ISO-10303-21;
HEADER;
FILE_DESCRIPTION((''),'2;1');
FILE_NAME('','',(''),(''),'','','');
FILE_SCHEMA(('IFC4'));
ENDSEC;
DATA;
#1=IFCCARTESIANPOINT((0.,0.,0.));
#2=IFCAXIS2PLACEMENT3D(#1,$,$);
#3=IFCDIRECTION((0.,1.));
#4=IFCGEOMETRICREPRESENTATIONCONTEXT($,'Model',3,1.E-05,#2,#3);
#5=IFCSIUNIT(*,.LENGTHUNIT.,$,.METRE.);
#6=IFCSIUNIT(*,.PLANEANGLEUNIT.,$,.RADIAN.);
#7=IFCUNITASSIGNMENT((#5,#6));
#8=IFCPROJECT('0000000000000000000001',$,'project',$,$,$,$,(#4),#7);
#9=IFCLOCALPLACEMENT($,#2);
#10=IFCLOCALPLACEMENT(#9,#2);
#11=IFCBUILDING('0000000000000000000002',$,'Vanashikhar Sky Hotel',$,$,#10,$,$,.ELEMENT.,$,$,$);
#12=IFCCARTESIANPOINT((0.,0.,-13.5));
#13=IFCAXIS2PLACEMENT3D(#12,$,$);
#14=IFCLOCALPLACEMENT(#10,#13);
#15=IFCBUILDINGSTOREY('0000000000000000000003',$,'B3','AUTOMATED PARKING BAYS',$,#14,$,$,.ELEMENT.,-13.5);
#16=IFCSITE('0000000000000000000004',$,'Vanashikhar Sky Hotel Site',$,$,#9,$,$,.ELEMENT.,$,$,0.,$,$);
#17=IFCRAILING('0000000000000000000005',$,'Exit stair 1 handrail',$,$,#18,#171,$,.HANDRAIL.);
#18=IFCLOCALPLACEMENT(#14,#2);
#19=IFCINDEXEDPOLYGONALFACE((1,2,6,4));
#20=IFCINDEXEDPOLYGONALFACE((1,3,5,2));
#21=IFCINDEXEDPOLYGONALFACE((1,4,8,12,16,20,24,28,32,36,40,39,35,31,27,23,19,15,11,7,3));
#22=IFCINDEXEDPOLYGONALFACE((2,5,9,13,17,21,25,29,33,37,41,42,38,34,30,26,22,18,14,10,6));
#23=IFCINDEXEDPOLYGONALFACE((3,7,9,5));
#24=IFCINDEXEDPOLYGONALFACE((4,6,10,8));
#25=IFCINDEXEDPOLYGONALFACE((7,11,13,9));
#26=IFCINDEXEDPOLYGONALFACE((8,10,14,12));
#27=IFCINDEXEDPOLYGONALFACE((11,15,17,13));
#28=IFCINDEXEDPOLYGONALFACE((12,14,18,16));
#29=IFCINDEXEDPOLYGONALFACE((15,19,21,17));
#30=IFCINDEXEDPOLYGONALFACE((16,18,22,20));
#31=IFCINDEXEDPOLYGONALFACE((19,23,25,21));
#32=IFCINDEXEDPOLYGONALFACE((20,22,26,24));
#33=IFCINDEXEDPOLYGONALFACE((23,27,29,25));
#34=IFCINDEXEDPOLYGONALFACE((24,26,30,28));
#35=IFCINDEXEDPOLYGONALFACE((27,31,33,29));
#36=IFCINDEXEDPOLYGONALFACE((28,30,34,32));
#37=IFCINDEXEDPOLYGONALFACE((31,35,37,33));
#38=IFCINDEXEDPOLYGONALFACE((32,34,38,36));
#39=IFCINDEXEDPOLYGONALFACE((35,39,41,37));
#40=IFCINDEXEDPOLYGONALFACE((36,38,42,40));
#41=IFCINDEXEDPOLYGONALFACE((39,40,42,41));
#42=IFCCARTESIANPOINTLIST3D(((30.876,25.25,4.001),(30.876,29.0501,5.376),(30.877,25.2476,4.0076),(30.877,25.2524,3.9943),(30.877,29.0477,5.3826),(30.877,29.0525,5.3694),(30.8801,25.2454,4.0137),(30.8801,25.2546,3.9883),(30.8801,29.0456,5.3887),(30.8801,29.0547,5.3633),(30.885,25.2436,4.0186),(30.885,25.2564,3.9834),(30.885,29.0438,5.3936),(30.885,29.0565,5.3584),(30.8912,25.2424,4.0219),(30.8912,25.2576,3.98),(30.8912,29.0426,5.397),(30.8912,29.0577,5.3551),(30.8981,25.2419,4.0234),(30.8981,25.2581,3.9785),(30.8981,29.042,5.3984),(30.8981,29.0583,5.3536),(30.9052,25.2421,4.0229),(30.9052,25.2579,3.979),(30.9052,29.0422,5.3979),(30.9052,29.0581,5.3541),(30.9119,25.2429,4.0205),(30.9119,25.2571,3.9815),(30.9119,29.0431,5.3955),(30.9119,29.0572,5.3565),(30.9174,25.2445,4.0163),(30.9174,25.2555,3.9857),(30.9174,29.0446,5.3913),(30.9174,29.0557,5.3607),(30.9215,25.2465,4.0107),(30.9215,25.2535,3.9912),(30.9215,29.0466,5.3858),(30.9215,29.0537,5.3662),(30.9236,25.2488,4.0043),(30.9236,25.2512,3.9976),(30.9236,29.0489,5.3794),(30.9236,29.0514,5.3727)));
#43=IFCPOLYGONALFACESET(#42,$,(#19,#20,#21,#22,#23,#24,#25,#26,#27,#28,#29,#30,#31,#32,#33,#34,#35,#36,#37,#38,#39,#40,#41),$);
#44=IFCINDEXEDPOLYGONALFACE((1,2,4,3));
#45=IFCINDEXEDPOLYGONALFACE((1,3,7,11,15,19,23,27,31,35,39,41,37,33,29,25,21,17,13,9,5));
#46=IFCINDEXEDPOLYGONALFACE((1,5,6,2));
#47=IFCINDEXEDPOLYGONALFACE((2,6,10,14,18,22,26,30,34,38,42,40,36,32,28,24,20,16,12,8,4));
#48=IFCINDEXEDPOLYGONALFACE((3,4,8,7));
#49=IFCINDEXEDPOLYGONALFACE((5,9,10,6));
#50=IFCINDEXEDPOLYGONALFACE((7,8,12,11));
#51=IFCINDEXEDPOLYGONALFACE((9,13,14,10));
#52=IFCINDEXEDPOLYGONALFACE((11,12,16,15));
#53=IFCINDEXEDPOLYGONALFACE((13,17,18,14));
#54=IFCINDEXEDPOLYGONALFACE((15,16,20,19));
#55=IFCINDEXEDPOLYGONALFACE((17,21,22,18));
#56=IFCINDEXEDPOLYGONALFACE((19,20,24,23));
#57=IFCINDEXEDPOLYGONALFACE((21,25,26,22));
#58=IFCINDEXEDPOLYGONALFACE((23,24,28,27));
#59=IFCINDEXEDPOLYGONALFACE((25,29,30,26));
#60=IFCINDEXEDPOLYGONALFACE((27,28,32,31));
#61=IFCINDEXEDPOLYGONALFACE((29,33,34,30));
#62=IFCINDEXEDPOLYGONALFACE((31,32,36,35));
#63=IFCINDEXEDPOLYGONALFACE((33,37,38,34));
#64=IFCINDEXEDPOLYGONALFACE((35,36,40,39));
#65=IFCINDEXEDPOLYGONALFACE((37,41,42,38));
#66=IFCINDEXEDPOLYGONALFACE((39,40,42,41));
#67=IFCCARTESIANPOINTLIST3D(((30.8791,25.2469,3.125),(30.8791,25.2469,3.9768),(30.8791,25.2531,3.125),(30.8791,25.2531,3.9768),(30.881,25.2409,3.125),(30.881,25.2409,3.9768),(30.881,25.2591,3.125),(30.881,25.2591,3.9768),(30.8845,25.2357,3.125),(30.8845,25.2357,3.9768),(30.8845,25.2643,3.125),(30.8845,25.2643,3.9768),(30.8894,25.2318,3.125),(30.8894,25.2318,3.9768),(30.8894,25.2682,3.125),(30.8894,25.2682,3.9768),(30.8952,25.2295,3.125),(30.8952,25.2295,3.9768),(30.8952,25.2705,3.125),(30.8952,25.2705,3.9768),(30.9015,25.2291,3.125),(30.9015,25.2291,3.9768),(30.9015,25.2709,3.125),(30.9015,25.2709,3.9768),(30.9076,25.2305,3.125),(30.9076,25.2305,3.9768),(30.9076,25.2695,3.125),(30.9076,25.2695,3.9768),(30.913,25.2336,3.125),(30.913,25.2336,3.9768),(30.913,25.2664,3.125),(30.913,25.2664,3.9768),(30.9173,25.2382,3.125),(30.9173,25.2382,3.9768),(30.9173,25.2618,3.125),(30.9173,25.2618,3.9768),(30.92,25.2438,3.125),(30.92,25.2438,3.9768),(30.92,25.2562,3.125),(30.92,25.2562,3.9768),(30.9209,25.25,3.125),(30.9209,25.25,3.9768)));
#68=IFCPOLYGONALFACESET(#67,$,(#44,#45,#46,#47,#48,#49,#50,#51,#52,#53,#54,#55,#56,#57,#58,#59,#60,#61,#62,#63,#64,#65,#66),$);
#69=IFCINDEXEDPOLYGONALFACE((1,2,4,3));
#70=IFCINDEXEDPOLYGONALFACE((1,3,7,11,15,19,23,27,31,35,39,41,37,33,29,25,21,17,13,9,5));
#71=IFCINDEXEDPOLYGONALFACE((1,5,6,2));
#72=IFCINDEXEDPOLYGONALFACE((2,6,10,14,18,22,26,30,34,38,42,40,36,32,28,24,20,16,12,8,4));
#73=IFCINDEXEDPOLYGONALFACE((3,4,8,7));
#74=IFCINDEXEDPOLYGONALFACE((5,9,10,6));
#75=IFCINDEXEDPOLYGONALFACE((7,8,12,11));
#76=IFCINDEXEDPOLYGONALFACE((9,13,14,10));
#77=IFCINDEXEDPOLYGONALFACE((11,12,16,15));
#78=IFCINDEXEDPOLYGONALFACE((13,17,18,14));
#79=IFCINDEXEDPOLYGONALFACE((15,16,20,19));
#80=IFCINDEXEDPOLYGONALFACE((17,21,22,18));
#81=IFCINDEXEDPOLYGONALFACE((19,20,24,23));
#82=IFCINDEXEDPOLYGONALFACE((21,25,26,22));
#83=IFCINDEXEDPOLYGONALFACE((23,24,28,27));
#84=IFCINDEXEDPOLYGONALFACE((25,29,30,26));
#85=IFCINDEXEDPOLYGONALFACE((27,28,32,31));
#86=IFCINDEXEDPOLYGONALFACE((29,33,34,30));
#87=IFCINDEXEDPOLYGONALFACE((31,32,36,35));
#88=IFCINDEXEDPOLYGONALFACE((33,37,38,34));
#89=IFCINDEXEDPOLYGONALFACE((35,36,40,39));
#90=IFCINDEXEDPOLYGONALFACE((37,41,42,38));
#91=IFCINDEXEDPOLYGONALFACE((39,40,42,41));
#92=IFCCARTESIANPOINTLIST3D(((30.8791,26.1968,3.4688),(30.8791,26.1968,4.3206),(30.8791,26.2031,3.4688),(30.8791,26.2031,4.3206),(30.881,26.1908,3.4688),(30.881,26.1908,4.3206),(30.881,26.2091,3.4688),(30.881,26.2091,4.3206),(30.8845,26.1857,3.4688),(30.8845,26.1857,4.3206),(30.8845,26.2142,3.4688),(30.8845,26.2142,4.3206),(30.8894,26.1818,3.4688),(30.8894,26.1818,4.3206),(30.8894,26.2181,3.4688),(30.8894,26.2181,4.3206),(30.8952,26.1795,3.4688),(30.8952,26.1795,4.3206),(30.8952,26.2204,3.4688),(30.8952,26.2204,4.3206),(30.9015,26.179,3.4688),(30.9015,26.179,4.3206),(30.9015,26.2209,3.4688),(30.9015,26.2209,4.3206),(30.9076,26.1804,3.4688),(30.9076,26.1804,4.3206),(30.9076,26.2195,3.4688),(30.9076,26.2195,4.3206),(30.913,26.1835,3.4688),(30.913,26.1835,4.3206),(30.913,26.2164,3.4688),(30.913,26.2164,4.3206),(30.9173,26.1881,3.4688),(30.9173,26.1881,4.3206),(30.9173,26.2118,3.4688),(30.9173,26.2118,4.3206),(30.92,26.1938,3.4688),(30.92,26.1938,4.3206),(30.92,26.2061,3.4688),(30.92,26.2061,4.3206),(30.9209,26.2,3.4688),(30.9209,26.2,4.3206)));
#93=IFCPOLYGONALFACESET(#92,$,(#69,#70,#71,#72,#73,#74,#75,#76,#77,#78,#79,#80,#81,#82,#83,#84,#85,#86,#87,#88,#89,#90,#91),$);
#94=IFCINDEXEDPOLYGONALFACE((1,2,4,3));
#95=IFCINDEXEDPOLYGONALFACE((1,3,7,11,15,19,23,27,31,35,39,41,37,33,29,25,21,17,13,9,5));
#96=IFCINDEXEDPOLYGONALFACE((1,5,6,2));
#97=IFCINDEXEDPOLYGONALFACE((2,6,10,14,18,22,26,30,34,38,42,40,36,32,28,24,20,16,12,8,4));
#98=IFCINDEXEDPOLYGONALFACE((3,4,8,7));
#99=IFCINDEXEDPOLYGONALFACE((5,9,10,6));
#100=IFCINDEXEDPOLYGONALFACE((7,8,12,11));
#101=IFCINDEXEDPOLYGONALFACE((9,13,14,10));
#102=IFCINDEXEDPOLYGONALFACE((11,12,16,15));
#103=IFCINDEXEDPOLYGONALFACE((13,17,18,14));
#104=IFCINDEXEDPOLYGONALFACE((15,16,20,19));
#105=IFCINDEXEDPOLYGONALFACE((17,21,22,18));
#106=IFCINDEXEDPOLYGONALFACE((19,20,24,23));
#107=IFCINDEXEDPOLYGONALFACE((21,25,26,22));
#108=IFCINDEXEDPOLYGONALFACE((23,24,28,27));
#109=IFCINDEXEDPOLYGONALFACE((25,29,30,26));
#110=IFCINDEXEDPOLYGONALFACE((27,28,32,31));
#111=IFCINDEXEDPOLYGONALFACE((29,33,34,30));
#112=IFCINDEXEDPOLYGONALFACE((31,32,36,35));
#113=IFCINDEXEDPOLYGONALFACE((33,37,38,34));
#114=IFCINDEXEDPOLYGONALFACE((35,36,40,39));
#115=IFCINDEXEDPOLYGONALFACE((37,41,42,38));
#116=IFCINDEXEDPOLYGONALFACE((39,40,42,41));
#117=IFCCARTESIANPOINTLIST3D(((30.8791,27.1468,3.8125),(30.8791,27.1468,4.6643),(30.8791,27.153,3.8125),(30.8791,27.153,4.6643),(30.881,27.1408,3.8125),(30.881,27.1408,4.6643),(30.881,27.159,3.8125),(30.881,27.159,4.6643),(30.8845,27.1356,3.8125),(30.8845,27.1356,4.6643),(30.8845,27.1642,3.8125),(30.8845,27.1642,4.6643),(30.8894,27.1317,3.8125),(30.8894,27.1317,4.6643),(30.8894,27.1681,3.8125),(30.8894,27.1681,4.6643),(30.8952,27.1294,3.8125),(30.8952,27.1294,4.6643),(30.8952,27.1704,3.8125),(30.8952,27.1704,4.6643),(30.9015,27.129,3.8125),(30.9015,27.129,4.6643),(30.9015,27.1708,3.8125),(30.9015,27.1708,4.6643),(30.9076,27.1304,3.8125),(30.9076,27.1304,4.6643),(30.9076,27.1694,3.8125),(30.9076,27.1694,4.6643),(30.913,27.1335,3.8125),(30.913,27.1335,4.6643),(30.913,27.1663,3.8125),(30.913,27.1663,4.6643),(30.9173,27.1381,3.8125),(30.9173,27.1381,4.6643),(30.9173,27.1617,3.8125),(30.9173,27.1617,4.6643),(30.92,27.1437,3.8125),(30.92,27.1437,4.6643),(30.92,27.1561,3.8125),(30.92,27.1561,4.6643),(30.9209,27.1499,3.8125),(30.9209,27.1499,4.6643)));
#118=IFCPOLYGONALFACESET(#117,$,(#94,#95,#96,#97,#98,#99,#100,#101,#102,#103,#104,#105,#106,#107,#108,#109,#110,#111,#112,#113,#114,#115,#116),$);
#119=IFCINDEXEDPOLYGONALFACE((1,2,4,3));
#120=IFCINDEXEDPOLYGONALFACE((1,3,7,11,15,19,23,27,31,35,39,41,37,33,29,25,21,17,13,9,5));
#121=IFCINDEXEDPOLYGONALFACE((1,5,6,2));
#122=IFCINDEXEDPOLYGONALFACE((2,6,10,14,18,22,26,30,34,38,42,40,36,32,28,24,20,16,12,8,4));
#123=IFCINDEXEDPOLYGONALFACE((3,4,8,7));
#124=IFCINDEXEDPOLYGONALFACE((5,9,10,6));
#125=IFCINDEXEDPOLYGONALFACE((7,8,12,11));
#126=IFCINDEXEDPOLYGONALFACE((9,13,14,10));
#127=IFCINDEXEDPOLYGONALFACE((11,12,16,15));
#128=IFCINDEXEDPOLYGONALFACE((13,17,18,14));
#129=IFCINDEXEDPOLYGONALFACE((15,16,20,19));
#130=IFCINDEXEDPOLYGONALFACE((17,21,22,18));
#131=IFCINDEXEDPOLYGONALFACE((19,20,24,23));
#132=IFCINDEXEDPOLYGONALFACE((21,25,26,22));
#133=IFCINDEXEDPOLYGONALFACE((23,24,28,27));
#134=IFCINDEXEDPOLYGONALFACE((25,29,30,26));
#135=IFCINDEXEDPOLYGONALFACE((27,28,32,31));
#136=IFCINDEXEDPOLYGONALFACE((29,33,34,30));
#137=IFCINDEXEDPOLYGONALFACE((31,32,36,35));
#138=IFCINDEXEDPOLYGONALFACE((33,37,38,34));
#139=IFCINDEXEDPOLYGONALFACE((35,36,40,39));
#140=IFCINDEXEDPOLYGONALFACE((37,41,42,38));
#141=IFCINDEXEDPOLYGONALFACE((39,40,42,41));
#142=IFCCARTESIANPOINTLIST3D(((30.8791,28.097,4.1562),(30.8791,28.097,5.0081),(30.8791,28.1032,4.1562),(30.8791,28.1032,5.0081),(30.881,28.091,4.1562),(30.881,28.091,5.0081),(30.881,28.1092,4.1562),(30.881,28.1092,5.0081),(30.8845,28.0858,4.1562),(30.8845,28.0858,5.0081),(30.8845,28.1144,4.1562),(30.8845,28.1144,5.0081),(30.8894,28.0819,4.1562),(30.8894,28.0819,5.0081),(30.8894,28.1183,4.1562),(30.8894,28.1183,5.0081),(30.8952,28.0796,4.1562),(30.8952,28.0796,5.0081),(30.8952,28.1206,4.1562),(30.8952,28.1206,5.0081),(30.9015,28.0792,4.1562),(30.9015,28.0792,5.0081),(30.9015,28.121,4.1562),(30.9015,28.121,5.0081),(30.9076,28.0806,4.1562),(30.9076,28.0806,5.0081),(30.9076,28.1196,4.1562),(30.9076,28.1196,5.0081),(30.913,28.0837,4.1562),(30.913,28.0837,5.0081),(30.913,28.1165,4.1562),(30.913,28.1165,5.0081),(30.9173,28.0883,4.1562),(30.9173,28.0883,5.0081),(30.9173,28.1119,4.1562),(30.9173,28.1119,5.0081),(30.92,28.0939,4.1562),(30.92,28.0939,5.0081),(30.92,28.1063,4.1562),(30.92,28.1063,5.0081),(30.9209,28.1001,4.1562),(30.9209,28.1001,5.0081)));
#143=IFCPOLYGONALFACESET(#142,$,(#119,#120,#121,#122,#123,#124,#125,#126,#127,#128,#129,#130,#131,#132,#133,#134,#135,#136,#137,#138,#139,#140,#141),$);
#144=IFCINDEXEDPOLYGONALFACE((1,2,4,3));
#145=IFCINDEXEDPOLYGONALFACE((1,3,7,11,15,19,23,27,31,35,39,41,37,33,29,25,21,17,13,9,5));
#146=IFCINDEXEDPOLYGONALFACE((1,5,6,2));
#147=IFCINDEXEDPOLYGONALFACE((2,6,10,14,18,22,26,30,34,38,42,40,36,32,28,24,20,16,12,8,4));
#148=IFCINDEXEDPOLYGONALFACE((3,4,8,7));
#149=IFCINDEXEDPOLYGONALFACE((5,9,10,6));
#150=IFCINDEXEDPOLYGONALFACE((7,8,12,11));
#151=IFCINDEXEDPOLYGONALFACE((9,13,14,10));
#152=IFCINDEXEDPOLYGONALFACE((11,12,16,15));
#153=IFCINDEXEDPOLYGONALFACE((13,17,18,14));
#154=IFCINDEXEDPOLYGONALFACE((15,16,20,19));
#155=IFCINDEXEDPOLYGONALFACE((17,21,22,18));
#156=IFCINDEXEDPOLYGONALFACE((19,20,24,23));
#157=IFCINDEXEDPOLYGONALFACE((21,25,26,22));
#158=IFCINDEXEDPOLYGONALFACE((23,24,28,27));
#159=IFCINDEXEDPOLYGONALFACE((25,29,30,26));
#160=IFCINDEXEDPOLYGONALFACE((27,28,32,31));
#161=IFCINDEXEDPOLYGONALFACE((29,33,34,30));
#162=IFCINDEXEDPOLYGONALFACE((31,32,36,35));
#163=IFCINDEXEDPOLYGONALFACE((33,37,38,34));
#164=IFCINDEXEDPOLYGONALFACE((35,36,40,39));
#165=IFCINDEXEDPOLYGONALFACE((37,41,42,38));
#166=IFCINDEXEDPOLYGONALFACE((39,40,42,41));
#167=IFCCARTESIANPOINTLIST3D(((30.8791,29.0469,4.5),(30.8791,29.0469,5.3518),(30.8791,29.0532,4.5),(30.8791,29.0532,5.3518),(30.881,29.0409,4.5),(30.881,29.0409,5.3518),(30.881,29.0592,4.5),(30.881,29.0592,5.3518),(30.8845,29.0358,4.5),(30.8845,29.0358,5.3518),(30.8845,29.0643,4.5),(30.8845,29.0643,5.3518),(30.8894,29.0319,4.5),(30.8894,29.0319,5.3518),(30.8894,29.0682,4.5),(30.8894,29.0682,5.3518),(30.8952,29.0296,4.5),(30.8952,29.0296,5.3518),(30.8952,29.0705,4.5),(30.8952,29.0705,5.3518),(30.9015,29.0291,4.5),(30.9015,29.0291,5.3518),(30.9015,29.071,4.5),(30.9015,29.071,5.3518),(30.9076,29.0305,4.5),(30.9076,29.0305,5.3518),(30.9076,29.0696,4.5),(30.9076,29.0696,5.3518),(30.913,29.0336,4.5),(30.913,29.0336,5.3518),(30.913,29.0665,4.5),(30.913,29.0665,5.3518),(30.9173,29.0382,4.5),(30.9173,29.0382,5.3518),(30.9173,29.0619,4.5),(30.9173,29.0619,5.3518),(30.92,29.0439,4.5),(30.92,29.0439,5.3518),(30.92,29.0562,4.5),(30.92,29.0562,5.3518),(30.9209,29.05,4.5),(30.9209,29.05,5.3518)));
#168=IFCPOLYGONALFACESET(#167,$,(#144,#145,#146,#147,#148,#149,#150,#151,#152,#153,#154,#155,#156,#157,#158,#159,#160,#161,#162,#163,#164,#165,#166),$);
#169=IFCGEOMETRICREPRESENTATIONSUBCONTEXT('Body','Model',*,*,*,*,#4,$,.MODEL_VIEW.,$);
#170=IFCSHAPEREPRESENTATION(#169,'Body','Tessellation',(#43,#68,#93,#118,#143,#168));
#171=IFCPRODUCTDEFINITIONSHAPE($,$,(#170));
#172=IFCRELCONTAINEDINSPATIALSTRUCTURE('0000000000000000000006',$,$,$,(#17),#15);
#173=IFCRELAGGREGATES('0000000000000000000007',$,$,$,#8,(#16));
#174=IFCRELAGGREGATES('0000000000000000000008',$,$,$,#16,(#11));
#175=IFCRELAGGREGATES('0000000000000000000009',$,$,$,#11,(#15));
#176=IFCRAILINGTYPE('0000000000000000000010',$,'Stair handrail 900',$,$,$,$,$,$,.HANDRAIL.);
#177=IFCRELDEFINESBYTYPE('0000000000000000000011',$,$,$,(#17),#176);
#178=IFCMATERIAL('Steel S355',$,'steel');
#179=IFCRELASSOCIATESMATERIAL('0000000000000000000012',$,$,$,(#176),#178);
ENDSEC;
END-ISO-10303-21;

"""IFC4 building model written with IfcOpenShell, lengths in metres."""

from ifc_helpers import new_model, si_unit, direction, frame, origin, origin_2d, place, context, subcontext, project, spatial, circle, extrude, source, transform, mapped, material, type_object, element, save


model = new_model("IFC4")

# Units and contexts
model_context = context("Model", 3, precision=1e-05, world=origin(), true_north=direction((0.0, 1.0)))
body_context = subcontext(model_context, "Body", "Model", "MODEL_VIEW")
ifc_project = project(units=[si_unit("LENGTHUNIT", "METRE"), si_unit("PLANEANGLEUNIT", "RADIAN")], contexts=[model_context])

# Site, building, storey
site_placement = place(None, origin())
site = spatial("IfcSite", under=ifc_project, at=site_placement, Name="Vanashikhar Sky Hotel Site", CompositionType="ELEMENT", RefElevation=0.0)
building_placement = place(site_placement, origin())
building = spatial("IfcBuilding", under=site, at=building_placement, Name="Vanashikhar Sky Hotel", CompositionType="ELEMENT")
storey_placement = place(building_placement, frame((0.0, 0.0, -13.5)))
storey = spatial("IfcBuildingStorey", under=building, at=storey_placement, Name="B3", Description="AUTOMATED PARKING BAYS", CompositionType="ELEMENT", Elevation=-13.5)

# Railing
ifc_material_1 = material(Name="Steel S355", Category="steel")
railing_type = type_object("IfcRailingType", Name="Stair handrail 900", PredefinedType="HANDRAIL", material=ifc_material_1)
shared_shape_1 = source(origin(), body_context, "Body", "SweptSolid", [
    extrude(circle(Radius=0.0239, at=origin_2d()), frame((0.0, 0.0, 0.876), z_axis=(0.0, 0.940336, 0.340249), x_axis=(-1.0, 0.0, 0.0)), (0.0, 0.0, 1.0), 4.0413),
    extrude(circle(Radius=0.021, at=origin_2d()), origin(), (0.0, 0.0, 1.0), 0.8518),
    extrude(circle(Radius=0.021, at=origin_2d()), frame((0.0, 0.95, 0.3438)), (0.0, 0.0, 1.0), 0.8518),
    extrude(circle(Radius=0.021, at=origin_2d()), frame((0.0, 1.8999, 0.6875)), (0.0, 0.0, 1.0), 0.8518),
    extrude(circle(Radius=0.021, at=origin_2d()), frame((0.0, 2.8501, 1.0312)), (0.0, 0.0, 1.0), 0.8518),
    extrude(circle(Radius=0.021, at=origin_2d()), frame((0.0, 3.8, 1.375)), (0.0, 0.0, 1.0), 0.8518),
])
for number, where, name in (
    (1, (30.8999, 25.25, 3.125), "Exit stair 1 handrail"),
):
    element("IfcRailing", number, at=place(storey_placement, frame(where)), inside=storey, type_object=railing_type, Name=name, PredefinedType="HANDRAIL", context=body_context, shape_type="MappedRepresentation", body=[
        mapped(shared_shape_1, transform((0.0, 0.0, 0.0), scale=1.0)),
    ])

save(model, "model.ifc")
